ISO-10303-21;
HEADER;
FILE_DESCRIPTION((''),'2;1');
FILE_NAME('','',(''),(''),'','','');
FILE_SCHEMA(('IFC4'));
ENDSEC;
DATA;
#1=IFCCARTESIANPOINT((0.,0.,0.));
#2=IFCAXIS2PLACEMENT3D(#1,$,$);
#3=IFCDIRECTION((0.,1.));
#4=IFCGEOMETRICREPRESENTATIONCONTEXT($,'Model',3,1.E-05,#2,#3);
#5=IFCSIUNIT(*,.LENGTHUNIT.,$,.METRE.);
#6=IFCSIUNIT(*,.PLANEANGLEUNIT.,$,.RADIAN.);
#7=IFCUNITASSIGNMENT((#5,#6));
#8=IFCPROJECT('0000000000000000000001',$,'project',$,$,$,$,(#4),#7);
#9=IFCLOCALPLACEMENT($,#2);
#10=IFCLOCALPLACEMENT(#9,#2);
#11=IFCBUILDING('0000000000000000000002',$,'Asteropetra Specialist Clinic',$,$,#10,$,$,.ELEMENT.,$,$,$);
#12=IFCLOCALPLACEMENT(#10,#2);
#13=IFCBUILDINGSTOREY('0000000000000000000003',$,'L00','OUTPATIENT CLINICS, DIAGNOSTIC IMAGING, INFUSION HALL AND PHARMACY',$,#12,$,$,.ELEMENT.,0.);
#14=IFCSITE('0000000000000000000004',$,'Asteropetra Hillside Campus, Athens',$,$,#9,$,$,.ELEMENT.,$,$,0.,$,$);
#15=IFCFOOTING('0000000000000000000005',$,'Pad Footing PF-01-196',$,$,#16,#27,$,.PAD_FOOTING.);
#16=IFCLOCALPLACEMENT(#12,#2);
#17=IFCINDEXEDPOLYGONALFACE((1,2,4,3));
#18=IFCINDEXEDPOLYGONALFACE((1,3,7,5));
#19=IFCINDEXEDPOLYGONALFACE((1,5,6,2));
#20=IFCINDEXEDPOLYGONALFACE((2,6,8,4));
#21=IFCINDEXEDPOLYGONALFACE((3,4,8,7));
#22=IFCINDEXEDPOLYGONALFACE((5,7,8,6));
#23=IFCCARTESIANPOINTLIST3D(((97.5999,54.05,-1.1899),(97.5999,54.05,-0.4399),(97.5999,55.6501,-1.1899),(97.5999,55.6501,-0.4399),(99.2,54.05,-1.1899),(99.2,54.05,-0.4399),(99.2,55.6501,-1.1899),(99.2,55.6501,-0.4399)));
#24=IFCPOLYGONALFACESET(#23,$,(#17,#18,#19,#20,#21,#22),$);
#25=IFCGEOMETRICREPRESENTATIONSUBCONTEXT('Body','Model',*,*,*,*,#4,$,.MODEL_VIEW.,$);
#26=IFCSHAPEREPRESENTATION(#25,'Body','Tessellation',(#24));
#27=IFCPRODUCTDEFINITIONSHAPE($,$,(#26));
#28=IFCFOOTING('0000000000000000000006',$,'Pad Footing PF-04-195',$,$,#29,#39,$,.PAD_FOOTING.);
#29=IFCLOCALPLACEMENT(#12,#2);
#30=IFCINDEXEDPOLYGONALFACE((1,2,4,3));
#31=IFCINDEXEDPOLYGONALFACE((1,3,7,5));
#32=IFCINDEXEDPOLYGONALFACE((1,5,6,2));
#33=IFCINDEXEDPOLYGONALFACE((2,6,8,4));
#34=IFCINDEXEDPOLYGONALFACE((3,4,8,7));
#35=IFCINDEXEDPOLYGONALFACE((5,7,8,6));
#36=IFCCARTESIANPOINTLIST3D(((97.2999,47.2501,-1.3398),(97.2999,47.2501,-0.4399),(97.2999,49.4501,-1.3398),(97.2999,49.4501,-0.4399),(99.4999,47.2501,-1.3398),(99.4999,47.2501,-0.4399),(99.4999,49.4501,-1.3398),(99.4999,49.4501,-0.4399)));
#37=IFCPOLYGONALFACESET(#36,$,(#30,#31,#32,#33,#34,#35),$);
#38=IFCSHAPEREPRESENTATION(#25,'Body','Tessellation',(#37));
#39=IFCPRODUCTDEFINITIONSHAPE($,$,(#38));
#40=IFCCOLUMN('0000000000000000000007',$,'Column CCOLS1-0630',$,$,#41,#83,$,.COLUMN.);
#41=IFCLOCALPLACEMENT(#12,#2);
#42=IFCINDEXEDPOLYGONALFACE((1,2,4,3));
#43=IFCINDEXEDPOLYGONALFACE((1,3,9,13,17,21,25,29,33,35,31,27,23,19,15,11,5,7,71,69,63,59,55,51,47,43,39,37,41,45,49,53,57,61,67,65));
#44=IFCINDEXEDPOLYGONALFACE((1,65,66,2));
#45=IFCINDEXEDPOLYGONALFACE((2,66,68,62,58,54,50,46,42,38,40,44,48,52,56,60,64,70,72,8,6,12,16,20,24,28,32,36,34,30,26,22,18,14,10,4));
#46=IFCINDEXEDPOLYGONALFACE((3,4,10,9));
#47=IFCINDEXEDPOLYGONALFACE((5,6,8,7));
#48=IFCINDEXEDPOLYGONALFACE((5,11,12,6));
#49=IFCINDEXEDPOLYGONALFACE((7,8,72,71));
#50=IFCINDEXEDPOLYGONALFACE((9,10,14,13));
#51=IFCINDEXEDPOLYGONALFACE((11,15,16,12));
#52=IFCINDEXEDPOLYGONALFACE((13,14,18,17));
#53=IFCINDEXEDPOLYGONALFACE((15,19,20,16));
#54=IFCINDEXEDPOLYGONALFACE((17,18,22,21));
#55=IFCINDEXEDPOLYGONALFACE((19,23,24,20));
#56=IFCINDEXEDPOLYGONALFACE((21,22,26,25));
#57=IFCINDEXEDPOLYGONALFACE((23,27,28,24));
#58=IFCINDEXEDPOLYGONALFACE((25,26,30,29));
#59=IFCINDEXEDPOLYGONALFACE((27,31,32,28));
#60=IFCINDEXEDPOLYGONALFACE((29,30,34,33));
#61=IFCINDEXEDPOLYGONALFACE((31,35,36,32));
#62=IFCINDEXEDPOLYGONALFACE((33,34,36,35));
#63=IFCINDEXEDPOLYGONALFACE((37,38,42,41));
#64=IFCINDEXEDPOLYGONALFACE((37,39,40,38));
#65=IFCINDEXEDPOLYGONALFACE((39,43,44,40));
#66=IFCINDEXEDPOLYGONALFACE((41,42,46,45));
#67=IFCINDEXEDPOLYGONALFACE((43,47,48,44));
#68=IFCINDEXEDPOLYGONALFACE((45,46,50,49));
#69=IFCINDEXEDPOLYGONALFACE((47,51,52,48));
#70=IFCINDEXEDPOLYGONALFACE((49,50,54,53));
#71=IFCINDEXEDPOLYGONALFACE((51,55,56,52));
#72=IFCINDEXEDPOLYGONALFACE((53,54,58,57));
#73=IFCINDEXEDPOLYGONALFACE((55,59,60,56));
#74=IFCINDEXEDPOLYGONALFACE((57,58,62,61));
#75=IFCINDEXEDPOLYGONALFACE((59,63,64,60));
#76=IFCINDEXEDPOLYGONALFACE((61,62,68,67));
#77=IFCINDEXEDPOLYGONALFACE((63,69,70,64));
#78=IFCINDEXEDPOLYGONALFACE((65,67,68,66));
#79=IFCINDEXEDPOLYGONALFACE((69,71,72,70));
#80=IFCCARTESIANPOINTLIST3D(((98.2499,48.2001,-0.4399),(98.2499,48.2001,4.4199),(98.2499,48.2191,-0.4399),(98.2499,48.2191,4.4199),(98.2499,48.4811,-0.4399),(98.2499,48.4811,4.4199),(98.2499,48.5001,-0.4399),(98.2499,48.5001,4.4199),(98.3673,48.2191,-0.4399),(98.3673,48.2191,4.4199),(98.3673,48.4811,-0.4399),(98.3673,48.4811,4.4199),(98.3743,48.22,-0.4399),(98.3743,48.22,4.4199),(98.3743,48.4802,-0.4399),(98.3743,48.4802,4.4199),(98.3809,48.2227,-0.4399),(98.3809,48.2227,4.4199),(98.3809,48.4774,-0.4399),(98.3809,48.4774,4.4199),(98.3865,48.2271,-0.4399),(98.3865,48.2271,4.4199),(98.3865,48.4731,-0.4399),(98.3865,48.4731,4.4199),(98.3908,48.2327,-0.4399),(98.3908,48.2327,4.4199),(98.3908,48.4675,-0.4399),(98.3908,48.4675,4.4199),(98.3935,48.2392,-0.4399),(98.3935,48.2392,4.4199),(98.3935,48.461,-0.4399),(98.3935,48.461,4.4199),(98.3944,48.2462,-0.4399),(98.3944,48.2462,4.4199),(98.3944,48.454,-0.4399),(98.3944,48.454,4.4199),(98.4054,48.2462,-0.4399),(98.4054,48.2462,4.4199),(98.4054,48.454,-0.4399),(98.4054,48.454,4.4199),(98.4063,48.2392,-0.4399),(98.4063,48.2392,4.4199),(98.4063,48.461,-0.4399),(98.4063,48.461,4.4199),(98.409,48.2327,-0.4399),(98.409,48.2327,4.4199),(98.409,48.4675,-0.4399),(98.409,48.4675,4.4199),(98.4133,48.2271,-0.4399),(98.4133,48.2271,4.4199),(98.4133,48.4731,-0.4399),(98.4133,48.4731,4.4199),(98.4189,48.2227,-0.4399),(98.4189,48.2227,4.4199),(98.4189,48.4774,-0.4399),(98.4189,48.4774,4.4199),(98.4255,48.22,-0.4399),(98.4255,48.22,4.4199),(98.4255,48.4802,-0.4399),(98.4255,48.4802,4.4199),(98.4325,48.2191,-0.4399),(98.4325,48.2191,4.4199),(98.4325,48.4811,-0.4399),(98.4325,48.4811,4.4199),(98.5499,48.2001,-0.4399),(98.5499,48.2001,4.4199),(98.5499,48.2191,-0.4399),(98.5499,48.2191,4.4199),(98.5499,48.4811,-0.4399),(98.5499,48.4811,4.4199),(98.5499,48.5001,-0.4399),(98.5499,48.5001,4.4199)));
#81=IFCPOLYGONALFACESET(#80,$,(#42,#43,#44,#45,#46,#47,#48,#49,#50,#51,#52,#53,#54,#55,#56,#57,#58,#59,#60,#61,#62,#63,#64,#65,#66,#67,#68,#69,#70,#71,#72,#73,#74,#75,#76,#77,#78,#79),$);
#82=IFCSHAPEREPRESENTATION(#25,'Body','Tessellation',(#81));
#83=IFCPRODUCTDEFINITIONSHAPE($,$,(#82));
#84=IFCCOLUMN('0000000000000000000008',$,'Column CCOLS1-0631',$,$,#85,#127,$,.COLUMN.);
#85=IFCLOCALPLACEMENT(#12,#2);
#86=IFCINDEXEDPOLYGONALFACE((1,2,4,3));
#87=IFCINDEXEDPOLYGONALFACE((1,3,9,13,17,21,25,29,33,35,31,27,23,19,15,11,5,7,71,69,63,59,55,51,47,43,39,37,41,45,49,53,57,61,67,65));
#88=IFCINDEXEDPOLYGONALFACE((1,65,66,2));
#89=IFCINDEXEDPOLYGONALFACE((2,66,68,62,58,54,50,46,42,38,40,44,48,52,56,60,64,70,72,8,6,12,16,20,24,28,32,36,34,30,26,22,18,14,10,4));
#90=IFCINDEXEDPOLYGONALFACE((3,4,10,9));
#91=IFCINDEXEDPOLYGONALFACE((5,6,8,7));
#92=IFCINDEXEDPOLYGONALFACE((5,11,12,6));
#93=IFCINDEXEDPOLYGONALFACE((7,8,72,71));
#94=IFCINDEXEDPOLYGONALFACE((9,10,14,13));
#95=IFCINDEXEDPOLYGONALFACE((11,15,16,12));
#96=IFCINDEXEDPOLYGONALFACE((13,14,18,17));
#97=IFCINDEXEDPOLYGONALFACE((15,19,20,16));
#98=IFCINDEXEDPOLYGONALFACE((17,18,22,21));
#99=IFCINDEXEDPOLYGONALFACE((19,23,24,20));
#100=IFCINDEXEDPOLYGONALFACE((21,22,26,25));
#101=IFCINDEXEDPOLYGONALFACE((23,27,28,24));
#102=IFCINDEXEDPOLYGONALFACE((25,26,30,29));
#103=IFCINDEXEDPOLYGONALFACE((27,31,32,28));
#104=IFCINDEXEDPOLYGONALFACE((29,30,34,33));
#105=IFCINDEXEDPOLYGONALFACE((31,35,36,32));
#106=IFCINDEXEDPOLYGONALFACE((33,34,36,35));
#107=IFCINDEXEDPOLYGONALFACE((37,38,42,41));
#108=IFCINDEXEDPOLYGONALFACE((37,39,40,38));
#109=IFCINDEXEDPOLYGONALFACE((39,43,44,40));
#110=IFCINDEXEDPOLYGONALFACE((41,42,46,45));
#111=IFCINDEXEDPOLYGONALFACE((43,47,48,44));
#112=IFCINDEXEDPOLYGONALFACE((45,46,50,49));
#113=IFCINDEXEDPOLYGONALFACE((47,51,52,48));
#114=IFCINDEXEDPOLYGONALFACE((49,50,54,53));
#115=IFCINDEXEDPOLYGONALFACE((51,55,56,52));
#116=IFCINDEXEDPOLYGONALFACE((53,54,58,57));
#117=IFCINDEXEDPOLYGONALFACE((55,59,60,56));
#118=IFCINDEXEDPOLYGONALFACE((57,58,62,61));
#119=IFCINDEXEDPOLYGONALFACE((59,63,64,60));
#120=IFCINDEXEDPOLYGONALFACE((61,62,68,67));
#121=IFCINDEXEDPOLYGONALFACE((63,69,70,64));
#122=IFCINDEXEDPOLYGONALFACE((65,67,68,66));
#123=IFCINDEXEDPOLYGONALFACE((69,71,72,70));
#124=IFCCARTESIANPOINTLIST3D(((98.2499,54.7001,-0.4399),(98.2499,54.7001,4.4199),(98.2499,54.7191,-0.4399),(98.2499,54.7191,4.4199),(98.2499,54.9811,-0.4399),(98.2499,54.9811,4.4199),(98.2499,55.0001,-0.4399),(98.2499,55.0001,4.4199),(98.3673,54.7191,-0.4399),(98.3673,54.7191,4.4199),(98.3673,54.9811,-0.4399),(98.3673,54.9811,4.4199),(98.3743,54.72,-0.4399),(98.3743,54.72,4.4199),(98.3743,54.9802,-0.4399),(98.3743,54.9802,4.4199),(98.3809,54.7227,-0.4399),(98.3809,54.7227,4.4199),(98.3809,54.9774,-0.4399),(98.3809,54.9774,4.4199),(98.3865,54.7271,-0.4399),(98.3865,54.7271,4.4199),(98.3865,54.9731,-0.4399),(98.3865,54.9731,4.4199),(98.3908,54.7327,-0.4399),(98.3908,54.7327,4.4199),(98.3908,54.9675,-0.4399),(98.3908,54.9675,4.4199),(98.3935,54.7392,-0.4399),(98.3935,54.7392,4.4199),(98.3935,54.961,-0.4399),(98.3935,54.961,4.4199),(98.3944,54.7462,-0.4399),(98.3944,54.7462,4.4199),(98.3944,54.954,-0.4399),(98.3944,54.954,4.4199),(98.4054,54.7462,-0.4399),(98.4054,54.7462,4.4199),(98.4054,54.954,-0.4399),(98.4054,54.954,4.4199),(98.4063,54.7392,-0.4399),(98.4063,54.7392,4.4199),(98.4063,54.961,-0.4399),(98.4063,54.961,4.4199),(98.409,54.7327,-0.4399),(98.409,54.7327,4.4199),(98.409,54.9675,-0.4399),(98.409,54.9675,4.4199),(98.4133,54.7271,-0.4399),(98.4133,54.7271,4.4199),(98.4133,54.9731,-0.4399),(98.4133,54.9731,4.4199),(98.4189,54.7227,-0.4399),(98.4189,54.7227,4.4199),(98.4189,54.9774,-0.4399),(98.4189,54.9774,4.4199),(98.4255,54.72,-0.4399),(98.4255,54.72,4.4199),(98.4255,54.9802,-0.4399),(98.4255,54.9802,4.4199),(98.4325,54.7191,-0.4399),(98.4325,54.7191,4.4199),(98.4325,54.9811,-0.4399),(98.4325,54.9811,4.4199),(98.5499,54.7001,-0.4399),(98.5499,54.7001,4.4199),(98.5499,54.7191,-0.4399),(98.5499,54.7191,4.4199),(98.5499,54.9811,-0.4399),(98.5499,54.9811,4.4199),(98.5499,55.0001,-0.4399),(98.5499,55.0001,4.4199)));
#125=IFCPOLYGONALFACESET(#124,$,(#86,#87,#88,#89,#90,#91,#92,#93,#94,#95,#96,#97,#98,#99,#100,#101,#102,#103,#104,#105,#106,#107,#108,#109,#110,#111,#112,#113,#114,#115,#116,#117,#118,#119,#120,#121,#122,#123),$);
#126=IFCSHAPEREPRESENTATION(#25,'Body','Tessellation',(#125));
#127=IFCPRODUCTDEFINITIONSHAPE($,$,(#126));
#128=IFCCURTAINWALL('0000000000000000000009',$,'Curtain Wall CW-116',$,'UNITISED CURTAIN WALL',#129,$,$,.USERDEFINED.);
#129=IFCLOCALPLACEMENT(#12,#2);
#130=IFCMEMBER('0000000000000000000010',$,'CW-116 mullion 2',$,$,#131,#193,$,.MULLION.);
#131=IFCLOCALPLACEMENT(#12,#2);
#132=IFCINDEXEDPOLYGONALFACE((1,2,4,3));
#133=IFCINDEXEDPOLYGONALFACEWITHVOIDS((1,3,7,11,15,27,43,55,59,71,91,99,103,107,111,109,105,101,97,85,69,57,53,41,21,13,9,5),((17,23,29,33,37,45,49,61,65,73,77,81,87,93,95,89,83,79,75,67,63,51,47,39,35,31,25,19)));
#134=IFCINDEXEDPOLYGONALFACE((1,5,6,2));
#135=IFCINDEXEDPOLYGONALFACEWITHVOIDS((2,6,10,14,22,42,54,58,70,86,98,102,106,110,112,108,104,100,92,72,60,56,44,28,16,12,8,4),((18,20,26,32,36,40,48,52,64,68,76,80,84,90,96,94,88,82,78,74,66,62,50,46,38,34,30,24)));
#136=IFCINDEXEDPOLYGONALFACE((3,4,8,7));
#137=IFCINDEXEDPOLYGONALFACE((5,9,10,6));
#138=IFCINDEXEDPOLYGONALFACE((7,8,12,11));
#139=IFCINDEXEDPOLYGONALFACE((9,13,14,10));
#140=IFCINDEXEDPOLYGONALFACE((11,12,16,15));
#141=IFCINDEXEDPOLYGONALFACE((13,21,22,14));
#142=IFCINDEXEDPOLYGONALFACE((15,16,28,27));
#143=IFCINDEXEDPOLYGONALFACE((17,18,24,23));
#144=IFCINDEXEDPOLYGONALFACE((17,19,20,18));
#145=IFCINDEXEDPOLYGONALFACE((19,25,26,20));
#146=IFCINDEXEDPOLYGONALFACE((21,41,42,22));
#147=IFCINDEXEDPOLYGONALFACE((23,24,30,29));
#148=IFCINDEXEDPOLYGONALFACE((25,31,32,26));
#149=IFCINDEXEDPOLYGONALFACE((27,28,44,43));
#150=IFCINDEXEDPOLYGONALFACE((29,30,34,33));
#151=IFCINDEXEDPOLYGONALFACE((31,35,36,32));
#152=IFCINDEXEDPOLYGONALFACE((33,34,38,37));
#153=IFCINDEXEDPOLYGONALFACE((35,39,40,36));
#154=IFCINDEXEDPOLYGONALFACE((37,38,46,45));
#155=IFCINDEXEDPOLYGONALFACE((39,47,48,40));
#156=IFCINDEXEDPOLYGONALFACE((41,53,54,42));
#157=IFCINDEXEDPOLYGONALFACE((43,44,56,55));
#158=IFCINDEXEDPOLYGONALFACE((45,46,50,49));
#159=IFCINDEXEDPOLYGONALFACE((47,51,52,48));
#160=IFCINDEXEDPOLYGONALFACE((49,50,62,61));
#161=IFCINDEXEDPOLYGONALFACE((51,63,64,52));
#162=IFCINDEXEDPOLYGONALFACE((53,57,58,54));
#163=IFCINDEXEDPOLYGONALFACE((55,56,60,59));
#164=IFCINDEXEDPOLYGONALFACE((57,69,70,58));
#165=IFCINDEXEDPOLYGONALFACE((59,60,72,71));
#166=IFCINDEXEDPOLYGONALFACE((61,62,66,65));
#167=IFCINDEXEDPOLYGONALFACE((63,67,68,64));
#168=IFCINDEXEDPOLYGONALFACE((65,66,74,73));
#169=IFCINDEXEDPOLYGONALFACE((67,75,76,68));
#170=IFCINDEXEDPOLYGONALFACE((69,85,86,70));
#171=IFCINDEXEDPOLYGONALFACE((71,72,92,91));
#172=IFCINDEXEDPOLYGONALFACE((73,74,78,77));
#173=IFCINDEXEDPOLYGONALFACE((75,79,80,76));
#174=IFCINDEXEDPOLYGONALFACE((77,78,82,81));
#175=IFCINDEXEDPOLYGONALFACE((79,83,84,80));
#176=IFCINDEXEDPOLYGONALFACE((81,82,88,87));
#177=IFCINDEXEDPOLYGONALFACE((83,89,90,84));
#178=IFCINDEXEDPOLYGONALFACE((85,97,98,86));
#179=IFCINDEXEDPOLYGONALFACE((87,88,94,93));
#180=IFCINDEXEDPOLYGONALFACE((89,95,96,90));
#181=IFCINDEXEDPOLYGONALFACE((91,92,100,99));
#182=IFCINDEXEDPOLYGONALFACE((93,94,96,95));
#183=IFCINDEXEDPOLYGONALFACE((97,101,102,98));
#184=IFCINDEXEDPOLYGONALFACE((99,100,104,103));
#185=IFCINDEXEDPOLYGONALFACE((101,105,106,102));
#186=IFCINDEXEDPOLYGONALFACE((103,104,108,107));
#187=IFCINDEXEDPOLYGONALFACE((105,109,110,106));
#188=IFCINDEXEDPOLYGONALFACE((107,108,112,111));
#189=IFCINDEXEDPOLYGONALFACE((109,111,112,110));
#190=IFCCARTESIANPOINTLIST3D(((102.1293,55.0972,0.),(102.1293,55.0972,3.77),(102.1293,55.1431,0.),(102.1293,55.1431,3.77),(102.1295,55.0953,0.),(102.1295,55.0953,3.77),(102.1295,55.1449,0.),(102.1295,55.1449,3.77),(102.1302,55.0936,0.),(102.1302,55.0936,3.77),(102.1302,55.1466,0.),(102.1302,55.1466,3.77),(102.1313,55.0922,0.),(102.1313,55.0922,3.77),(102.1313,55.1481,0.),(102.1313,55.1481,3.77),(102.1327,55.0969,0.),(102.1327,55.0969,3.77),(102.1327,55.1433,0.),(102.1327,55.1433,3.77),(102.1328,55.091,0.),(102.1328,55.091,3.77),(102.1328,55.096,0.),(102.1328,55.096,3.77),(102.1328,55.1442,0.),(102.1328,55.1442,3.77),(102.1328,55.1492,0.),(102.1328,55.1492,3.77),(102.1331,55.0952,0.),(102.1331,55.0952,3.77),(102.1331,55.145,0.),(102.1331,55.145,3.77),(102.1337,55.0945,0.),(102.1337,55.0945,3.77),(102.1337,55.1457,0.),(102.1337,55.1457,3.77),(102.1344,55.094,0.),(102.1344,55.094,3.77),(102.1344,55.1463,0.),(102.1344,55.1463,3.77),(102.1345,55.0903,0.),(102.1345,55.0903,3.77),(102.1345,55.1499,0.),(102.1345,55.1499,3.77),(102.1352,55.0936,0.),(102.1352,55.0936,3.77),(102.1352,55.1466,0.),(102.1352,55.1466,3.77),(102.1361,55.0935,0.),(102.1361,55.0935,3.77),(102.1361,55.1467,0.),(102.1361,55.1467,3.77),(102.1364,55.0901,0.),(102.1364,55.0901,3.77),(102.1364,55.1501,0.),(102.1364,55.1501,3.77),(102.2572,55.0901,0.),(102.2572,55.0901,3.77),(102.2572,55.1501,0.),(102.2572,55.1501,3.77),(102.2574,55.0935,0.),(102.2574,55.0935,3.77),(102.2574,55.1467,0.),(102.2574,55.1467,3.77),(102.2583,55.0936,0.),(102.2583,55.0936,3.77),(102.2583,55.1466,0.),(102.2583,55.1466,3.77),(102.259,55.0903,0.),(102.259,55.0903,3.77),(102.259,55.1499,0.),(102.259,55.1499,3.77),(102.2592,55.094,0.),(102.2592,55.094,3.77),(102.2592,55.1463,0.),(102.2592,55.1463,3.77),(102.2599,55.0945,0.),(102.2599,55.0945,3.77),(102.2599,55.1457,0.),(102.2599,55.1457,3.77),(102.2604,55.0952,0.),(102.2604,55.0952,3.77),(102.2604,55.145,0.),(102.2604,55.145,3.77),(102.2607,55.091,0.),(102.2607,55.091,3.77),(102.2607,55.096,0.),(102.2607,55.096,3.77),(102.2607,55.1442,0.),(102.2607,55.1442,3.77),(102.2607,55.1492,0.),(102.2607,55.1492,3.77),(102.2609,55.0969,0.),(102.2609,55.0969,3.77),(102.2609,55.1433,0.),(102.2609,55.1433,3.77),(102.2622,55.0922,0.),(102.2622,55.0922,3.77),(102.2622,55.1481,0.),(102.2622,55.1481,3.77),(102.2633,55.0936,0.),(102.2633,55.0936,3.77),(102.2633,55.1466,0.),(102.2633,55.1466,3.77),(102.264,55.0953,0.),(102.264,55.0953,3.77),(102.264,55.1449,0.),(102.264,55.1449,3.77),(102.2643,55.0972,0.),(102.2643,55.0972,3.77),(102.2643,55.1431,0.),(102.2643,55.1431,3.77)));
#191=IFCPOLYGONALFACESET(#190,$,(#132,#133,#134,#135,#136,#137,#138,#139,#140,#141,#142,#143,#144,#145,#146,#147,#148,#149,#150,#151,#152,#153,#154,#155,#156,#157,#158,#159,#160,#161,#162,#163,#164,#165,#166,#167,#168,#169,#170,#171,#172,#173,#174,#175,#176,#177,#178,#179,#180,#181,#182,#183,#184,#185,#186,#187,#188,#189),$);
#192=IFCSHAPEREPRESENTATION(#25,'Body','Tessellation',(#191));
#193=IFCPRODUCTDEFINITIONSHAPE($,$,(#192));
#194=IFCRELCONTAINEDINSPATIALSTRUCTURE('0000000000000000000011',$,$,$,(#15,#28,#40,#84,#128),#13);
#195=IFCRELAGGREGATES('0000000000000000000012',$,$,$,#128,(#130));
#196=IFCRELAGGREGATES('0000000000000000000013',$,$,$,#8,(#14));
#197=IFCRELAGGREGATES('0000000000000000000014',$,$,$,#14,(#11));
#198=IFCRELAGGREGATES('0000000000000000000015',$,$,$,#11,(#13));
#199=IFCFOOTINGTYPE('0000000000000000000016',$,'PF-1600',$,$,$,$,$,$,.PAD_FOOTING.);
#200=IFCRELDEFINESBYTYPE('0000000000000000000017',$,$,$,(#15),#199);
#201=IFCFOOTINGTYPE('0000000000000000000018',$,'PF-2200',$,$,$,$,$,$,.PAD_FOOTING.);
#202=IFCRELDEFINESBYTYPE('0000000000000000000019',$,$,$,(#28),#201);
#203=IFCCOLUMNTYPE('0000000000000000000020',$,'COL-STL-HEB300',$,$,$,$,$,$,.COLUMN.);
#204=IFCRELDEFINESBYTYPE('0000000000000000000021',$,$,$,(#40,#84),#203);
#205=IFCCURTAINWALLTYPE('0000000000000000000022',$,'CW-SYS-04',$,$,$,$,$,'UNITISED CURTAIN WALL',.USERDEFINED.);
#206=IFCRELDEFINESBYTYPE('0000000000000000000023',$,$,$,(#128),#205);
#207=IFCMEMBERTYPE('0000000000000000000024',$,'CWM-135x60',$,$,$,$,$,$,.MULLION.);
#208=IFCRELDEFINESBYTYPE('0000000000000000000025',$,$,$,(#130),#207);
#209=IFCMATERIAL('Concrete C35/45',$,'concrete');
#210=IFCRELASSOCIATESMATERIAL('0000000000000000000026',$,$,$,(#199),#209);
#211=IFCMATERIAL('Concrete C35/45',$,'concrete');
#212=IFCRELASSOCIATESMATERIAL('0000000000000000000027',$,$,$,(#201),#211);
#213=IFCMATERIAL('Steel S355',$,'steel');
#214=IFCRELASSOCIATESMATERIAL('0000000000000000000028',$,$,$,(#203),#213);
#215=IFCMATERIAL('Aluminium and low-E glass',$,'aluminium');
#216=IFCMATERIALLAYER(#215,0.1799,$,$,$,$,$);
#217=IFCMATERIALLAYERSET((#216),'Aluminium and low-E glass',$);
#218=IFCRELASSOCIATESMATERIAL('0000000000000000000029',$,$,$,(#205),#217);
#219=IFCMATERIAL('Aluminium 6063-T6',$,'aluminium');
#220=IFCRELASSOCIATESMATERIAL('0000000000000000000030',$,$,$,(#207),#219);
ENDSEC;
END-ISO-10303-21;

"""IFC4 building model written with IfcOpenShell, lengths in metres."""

from ifc_helpers import new_model, si_unit, direction, frame, origin, origin_2d, place, context, subcontext, project, spatial, rectangle, hollow_rectangle, i_section, extrude, material, layer, layer_set, material_profile, profile_set, type_object, element, aggregate, save


model = new_model("IFC4")

# Units and contexts
model_context = context("Model", 3, precision=1e-05, world=origin(), true_north=direction((0.0, 1.0)))
body_context = subcontext(model_context, "Body", "Model", "MODEL_VIEW")
ifc_project = project(units=[si_unit("LENGTHUNIT", "METRE"), si_unit("PLANEANGLEUNIT", "RADIAN")], contexts=[model_context])

# Site, building, storey
site_placement = place(None, origin())
site = spatial("IfcSite", under=ifc_project, at=site_placement, Name="Asteropetra Hillside Campus, Athens", CompositionType="ELEMENT", RefElevation=0.0)
building_placement = place(site_placement, origin())
building = spatial("IfcBuilding", under=site, at=building_placement, Name="Asteropetra Specialist Clinic", CompositionType="ELEMENT")
storey_placement = place(building_placement, origin())
storey = spatial("IfcBuildingStorey", under=building, at=storey_placement, Name="L00", Description="OUTPATIENT CLINICS, DIAGNOSTIC IMAGING, INFUSION HALL AND PHARMACY", CompositionType="ELEMENT", Elevation=0.0)

# Footings
ifc_material_1 = material(Name="Concrete C35/45", Category="concrete")
footing_type_1 = type_object("IfcFootingType", Name="PF-1600", PredefinedType="PAD_FOOTING", material=ifc_material_1)
footing_1_placement = place(storey_placement, frame((98.3999, 54.8501, -1.1899), z_axis=(0.0, 0.0, 1.0), x_axis=(1.0, 0.0, 0.0)))
element("IfcFooting", 1, at=footing_1_placement, inside=storey, type_object=footing_type_1, Name="Pad Footing PF-01-196", PredefinedType="PAD_FOOTING", context=body_context, shape_type="SweptSolid", body=[
    extrude(rectangle(XDim=1.6001, YDim=1.6001, at=origin_2d()), origin(), (0.0, 0.0, 1.0), 0.75),
])
ifc_material_2 = material(Name="Concrete C35/45", Category="concrete")
footing_type_2 = type_object("IfcFootingType", Name="PF-2200", PredefinedType="PAD_FOOTING", material=ifc_material_2)
footing_2_placement = place(storey_placement, frame((98.3999, 48.3501, -1.3398), z_axis=(0.0, 0.0, 1.0), x_axis=(1.0, 0.0, 0.0)))
element("IfcFooting", 2, at=footing_2_placement, inside=storey, type_object=footing_type_2, Name="Pad Footing PF-04-195", PredefinedType="PAD_FOOTING", context=body_context, shape_type="SweptSolid", body=[
    extrude(rectangle(XDim=2.2, YDim=2.2, at=origin_2d()), origin(), (0.0, 0.0, 1.0), 0.8999),
])

# Columns
ifc_material_3 = material(Name="Steel S355", Category="steel")
ifc_material_profile_1 = material_profile(ifc_material_3, i_section(OverallWidth=0.3, OverallDepth=0.3, WebThickness=0.011, FlangeThickness=0.019, FilletRadius=0.0271, at=origin_2d()), Name="HEB 300")
ifc_profile_set_1 = profile_set([ifc_material_profile_1], Name="Steel S355")
column_type = type_object("IfcColumnType", Name="COL-STL-HEB300", PredefinedType="COLUMN", material=ifc_profile_set_1)
for number, where, z_axis, x_axis, name in (
    (3, (98.3999, 48.3501, -0.4399), (0.0, 0.0, 1.0), (1.0, 0.0, 0.0), "Column CCOLS1-0630"),
    (4, (98.3999, 54.8501, -0.4399), (0.0, 0.0, 1.0), (1.0, 0.0, 0.0), "Column CCOLS1-0631"),
):
    element("IfcColumn", number, at=place(storey_placement, frame(where, z_axis=z_axis, x_axis=x_axis)), inside=storey, type_object=column_type, Name=name, PredefinedType="COLUMN", context=body_context, shape_type="SweptSolid", body=[
        extrude(i_section(OverallWidth=0.3, OverallDepth=0.3, WebThickness=0.011, FlangeThickness=0.019, FilletRadius=0.0271, at=origin_2d()), origin(), (0.0, 0.0, 1.0), 4.8599),
    ])

# Curtain wall, member
ifc_material_4 = material(Name="Aluminium and low-E glass", Category="aluminium")
ifc_layer_1 = layer(ifc_material_4, 0.1799)
ifc_layer_set_1 = layer_set([ifc_layer_1], Name="Aluminium and low-E glass")
curtain_wall_type_1 = type_object("IfcCurtainWallType", Name="CW-SYS-04", ElementType="UNITISED CURTAIN WALL", PredefinedType="USERDEFINED", material=ifc_layer_set_1)
curtain_wall_1_placement = place(storey_placement, origin())
curtain_wall_1 = element("IfcCurtainWall", 5, at=curtain_wall_1_placement, inside=storey, type_object=curtain_wall_type_1, Name="Curtain Wall CW-116", ObjectType="UNITISED CURTAIN WALL", PredefinedType="USERDEFINED")
ifc_material_5 = material(Name="Aluminium 6063-T6", Category="aluminium")
ifc_material_profile_2 = material_profile(ifc_material_5, hollow_rectangle(XDim=0.0601, YDim=0.135, WallThickness=0.0034, InnerFilletRadius=0.0034, OuterFilletRadius=0.0071, at=origin_2d()), Name="MUL 135x60x3.5")
ifc_profile_set_2 = profile_set([ifc_material_profile_2], Name="Aluminium 6063-T6")
member_type_1 = type_object("IfcMemberType", Name="CWM-135x60", PredefinedType="MULLION", material=ifc_profile_set_2)
member_1_placement = place(storey_placement, frame((102.1968, 55.1201, 0.0), z_axis=(0.0, 0.0, 1.0), x_axis=(0.0, -1.0, 0.0)))
member_1 = element("IfcMember", 6, at=member_1_placement, type_object=member_type_1, Name="CW-116 mullion 2", PredefinedType="MULLION", context=body_context, shape_type="SweptSolid", body=[
    extrude(hollow_rectangle(XDim=0.0601, YDim=0.135, WallThickness=0.0034, InnerFilletRadius=0.0034, OuterFilletRadius=0.0071, at=origin_2d()), origin(), (0.0, 0.0, 1.0), 3.77),
])

aggregate(curtain_wall_1, [member_1])

save(model, "model.ifc")
